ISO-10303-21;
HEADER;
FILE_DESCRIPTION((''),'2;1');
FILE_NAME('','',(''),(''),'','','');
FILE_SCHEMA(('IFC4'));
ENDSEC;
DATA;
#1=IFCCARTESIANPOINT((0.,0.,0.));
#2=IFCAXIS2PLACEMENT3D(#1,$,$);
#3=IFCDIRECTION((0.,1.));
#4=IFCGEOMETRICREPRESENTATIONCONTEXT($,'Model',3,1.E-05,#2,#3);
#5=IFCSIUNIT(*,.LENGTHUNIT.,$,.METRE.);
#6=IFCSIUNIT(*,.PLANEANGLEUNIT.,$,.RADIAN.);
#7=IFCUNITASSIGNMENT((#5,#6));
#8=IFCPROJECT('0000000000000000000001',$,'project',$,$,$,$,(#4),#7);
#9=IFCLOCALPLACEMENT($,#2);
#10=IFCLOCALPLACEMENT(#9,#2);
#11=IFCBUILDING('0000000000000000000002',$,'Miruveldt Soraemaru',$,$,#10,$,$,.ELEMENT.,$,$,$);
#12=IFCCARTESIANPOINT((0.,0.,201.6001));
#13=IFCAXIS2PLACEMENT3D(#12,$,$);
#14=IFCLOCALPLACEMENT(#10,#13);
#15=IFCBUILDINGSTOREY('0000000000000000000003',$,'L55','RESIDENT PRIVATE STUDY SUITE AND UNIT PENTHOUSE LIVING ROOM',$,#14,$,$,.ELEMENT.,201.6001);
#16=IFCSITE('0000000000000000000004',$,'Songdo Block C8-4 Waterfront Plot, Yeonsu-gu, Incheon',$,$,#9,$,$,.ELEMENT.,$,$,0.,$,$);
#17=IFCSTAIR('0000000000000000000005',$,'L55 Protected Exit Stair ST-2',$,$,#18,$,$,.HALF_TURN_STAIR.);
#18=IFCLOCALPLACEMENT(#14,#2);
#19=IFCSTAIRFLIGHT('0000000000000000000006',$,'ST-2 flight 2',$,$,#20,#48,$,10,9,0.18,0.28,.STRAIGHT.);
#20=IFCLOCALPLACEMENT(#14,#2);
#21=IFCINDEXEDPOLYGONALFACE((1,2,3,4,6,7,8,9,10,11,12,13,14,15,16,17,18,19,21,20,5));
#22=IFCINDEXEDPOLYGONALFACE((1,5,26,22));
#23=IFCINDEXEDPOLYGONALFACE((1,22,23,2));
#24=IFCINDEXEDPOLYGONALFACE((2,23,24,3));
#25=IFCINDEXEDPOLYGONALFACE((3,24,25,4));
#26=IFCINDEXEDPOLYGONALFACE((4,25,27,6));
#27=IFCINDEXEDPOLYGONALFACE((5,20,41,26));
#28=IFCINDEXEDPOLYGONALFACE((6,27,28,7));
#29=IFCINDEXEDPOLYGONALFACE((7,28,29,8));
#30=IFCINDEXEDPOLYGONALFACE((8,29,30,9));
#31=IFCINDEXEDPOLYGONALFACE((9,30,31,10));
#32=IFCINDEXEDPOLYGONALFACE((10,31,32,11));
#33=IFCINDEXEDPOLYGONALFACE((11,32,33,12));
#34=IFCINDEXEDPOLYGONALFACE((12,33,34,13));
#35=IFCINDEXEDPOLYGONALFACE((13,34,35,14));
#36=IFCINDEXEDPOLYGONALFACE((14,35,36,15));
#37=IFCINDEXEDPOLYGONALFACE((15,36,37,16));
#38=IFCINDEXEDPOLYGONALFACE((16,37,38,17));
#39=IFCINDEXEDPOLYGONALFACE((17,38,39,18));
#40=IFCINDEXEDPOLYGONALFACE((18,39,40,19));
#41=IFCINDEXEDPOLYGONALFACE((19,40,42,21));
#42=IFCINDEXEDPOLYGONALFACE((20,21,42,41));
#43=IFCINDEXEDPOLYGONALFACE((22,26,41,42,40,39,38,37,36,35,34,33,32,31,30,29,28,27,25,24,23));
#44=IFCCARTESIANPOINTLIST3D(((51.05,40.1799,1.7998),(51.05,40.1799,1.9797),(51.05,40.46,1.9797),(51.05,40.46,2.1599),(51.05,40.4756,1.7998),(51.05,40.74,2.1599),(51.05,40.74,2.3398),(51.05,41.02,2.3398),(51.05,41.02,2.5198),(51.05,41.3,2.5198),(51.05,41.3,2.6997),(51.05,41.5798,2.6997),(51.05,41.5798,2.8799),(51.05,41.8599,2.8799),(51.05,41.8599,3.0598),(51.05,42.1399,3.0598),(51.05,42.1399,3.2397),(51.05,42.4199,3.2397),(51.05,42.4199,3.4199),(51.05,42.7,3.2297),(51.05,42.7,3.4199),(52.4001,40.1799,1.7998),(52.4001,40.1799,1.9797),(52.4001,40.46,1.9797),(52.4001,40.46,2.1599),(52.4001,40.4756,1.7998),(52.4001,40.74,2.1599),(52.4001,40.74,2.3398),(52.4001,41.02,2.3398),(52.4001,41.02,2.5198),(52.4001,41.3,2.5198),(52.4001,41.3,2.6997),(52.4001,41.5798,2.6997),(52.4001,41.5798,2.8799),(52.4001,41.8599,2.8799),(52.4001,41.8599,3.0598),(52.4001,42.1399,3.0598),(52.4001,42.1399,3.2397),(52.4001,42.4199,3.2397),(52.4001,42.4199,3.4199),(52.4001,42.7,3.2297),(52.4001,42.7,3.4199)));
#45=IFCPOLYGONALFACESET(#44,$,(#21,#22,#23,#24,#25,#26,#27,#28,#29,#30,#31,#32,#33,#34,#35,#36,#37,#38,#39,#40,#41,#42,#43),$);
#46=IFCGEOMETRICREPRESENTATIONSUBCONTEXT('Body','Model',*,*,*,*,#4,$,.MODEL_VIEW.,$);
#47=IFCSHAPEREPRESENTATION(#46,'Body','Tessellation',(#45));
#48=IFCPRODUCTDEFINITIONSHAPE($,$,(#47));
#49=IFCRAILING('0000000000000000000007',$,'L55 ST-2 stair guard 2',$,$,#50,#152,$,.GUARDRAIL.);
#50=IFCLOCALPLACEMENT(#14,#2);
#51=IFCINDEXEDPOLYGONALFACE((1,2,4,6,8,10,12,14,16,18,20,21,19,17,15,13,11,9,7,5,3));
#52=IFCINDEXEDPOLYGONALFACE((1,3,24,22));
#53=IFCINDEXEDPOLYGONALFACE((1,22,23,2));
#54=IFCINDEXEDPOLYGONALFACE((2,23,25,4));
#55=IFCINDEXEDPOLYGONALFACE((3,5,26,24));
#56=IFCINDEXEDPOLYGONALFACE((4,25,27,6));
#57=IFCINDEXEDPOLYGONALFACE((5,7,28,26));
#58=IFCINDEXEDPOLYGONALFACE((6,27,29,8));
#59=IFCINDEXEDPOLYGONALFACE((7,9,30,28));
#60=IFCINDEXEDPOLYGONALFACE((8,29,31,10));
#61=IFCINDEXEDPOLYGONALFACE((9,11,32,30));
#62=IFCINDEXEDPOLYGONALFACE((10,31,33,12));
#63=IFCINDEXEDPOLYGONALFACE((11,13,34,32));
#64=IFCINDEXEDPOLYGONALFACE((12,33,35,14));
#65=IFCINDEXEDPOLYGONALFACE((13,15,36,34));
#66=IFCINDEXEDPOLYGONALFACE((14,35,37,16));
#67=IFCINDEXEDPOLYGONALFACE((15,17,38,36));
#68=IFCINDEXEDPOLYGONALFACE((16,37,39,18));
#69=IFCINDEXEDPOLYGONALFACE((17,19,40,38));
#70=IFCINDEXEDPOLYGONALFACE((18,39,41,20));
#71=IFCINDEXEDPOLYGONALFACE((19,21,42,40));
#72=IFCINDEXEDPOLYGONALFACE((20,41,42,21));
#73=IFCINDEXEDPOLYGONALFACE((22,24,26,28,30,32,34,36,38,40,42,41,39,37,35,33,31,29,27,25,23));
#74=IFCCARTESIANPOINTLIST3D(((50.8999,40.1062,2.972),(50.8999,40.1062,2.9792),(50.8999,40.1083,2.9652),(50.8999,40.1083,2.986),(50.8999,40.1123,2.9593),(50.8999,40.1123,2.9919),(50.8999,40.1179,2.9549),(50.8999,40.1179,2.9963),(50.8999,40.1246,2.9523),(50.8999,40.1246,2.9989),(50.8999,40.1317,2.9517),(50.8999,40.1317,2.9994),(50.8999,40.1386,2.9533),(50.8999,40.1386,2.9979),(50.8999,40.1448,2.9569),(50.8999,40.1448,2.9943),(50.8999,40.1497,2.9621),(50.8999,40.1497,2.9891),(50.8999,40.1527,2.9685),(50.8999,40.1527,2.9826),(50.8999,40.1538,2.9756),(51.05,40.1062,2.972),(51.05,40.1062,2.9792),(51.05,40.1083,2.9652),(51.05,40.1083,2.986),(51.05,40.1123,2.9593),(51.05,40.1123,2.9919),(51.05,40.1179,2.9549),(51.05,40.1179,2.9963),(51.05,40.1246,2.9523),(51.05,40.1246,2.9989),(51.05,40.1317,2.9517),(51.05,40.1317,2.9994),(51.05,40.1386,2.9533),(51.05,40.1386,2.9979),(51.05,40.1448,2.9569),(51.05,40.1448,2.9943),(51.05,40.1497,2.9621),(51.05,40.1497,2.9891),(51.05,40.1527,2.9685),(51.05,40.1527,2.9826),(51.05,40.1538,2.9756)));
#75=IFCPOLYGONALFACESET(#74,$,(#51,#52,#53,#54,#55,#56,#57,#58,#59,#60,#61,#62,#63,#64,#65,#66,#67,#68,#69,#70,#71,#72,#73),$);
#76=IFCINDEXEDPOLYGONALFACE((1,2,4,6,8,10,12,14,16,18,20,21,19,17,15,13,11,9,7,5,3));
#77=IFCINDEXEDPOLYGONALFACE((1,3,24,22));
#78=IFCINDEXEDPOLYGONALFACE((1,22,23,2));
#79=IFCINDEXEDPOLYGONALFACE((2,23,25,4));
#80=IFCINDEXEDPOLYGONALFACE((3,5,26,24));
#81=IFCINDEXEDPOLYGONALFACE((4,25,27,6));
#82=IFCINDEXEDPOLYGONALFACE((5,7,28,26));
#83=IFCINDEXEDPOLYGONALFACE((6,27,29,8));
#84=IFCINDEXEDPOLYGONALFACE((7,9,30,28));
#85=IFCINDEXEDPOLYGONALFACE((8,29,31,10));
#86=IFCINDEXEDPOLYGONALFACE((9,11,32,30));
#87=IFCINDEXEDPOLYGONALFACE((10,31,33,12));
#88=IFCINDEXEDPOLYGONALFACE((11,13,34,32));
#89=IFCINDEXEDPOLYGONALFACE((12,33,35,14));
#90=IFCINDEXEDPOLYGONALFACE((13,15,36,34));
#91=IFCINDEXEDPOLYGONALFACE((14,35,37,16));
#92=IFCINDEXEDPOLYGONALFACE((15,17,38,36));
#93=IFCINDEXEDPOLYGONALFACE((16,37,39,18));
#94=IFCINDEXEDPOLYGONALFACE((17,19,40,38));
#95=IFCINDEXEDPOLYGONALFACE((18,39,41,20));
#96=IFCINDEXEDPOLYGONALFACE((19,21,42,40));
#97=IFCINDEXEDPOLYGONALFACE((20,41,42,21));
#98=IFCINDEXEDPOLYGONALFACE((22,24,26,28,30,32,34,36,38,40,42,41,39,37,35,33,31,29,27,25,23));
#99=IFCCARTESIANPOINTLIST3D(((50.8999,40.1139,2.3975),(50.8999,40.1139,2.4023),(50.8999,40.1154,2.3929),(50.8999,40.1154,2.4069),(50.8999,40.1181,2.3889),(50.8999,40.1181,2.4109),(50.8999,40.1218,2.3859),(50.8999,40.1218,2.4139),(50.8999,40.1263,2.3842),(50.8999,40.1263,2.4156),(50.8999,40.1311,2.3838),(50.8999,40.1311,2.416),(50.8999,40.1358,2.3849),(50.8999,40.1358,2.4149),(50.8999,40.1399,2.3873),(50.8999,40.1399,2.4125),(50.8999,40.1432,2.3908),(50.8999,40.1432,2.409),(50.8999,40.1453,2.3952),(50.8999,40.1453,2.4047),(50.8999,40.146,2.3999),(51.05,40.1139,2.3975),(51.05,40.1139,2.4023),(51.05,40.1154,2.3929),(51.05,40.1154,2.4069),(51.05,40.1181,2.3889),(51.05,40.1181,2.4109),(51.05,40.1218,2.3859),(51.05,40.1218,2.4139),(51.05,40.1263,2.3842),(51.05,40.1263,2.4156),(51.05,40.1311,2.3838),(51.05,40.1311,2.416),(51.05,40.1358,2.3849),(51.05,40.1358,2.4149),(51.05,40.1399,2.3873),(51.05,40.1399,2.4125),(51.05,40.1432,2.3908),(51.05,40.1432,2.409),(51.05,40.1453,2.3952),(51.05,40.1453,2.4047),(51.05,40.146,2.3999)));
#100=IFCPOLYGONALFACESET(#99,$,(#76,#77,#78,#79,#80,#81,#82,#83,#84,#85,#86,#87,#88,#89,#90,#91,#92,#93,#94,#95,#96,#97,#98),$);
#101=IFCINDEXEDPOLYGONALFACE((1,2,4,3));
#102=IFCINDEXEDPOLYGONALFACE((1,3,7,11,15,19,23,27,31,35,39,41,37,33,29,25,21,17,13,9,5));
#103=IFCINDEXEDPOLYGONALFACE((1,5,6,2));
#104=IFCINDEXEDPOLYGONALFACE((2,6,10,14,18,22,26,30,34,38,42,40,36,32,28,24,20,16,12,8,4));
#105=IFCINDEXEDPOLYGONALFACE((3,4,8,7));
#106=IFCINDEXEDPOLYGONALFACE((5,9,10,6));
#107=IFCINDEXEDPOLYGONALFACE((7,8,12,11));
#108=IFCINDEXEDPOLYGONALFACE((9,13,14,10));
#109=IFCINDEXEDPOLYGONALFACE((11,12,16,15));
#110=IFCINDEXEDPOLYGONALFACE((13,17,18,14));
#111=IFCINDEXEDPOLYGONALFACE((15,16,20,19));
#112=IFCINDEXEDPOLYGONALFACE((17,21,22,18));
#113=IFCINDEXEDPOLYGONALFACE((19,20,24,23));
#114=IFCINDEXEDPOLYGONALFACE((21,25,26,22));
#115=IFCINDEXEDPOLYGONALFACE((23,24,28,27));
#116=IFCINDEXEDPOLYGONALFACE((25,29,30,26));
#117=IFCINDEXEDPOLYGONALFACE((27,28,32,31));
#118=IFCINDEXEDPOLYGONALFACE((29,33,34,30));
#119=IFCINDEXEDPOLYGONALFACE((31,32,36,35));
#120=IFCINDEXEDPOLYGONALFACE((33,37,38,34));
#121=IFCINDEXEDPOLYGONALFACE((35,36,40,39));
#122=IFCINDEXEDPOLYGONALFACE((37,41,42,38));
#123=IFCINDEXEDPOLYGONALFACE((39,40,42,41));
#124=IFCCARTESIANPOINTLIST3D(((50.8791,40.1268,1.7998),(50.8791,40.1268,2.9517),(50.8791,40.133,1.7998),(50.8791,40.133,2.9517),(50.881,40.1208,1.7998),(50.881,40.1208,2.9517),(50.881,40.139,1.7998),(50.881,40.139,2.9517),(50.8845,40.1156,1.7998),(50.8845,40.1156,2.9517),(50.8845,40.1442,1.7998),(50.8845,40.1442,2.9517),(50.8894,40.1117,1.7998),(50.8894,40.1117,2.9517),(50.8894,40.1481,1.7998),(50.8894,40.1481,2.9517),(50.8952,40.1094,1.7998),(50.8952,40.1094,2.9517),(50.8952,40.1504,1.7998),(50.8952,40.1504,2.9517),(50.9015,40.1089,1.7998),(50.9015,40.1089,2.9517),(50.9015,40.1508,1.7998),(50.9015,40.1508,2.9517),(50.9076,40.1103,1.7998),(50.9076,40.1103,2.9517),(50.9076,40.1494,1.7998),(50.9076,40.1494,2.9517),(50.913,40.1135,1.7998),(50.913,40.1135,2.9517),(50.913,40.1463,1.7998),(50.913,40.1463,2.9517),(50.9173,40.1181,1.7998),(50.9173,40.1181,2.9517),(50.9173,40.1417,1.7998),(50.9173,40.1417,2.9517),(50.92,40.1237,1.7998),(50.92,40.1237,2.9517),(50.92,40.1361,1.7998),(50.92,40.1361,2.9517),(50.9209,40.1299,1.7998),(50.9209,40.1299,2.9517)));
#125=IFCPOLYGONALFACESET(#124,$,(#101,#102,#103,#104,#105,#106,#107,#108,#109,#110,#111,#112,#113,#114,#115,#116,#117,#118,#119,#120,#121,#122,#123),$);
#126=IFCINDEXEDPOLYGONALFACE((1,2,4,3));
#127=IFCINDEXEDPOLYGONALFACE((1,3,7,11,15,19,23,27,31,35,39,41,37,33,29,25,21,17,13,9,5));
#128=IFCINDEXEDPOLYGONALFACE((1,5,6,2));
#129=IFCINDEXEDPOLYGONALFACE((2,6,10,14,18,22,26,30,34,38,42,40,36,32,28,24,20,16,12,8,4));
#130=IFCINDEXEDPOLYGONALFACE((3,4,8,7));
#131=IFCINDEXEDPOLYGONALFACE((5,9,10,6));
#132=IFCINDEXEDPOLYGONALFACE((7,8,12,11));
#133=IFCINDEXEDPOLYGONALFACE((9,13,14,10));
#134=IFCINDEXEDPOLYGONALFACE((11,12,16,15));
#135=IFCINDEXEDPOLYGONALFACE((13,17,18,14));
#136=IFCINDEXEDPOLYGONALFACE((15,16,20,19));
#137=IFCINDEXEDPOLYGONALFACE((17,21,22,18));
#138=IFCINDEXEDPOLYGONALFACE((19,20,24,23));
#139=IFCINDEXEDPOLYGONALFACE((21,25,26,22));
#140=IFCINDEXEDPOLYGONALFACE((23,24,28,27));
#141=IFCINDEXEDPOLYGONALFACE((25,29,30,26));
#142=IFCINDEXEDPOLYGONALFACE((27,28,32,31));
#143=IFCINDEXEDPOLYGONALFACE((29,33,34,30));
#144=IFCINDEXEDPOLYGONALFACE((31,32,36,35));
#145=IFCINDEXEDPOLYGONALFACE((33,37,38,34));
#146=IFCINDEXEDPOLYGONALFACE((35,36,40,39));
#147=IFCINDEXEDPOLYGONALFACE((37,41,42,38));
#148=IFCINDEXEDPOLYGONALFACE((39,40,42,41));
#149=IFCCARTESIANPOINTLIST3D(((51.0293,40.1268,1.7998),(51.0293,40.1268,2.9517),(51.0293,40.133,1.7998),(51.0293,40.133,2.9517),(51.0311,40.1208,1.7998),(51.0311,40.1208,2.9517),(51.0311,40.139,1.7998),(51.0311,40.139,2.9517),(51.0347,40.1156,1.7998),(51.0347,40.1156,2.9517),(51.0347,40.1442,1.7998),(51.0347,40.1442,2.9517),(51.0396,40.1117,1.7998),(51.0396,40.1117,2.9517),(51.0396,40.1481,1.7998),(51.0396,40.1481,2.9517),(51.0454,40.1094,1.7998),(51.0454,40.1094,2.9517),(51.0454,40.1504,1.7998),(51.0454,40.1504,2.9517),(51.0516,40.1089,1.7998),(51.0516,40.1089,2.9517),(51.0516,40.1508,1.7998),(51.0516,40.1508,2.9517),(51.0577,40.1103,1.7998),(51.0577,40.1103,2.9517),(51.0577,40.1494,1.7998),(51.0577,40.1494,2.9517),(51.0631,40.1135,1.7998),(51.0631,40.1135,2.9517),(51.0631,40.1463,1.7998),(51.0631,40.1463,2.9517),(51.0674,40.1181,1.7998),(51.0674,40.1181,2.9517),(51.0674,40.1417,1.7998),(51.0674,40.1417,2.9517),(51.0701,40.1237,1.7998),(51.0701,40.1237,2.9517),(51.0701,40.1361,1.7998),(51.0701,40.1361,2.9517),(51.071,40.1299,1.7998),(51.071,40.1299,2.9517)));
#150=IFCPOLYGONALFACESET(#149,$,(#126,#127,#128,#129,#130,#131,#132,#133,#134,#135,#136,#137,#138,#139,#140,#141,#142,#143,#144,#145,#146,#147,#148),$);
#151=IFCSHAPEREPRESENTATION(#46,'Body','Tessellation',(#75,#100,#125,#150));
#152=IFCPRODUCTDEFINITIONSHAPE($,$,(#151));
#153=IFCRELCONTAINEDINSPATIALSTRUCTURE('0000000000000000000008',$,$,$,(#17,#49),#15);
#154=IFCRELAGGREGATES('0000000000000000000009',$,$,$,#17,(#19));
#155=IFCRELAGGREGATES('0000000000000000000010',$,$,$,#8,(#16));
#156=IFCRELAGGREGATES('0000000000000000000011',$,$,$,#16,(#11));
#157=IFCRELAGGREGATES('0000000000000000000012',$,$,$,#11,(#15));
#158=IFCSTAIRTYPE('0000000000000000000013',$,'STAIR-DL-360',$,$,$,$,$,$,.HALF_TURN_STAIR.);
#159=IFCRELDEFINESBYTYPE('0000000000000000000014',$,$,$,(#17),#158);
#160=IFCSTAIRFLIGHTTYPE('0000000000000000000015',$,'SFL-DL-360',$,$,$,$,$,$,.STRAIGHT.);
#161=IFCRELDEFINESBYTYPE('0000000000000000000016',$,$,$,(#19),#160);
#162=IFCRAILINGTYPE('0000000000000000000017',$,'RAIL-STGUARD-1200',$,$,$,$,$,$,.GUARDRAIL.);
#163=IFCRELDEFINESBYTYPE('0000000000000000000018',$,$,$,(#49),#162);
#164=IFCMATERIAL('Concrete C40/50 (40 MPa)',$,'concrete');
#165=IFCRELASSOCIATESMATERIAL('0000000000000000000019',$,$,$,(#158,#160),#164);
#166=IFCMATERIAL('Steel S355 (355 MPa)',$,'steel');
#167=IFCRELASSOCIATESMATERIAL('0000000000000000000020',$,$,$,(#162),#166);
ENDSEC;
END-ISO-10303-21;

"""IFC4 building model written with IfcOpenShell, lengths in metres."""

from ifc_helpers import new_model, si_unit, direction, frame, origin, origin_2d, place, context, subcontext, project, spatial, polyline, circle, outline, extrude, material, type_object, element, aggregate, save


model = new_model("IFC4")

# Units and contexts
model_context = context("Model", 3, precision=1e-05, world=origin(), true_north=direction((0.0, 1.0)))
body_context = subcontext(model_context, "Body", "Model", "MODEL_VIEW")
ifc_project = project(units=[si_unit("LENGTHUNIT", "METRE"), si_unit("PLANEANGLEUNIT", "RADIAN")], contexts=[model_context])

# Site, building, storey
site_placement = place(None, origin())
site = spatial("IfcSite", under=ifc_project, at=site_placement, Name="Songdo Block C8-4 Waterfront Plot, Yeonsu-gu, Incheon", CompositionType="ELEMENT", RefElevation=0.0)
building_placement = place(site_placement, origin())
building = spatial("IfcBuilding", under=site, at=building_placement, Name="Miruveldt Soraemaru", CompositionType="ELEMENT")
storey_placement = place(building_placement, frame((0.0, 0.0, 201.6001)))
storey = spatial("IfcBuildingStorey", under=building, at=storey_placement, Name="L55", Description="RESIDENT PRIVATE STUDY SUITE AND UNIT PENTHOUSE LIVING ROOM", CompositionType="ELEMENT", Elevation=201.6001)

# Shared definitions
ifc_material_1 = material(Name="Concrete C40/50 (40 MPa)", Category="concrete")

# Stair, stair flight
stair_type = type_object("IfcStairType", Name="STAIR-DL-360", PredefinedType="HALF_TURN_STAIR", material=ifc_material_1)
stair_placement = place(storey_placement, origin())
stair = element("IfcStair", 1, at=stair_placement, inside=storey, type_object=stair_type, Name="L55 Protected Exit Stair ST-2", PredefinedType="HALF_TURN_STAIR")
stair_flight_type = type_object("IfcStairFlightType", Name="SFL-DL-360", PredefinedType="STRAIGHT", material=ifc_material_1)
stair_flight_placement = place(storey_placement, frame((51.7251, 40.1799, 1.7998), z_axis=(0.0, 0.0, 1.0), x_axis=(0.0, 1.0, 0.0)))
stair_flight = element("IfcStairFlight", 2, at=stair_flight_placement, type_object=stair_flight_type, Name="ST-2 flight 2", NumberOfRisers=10, NumberOfTreads=9, PredefinedType="STRAIGHT", RiserHeight=0.18, TreadLength=0.28, context=body_context, shape_type="SweptSolid", body=[
    extrude(outline(polyline([(0.0, 0.0), (0.0, 0.1799), (0.28, 0.1799), (0.28, 0.3601), (0.5601, 0.3601), (0.5601, 0.54), (0.8401, 0.54), (0.8401, 0.72), (1.1201, 0.72), (1.1201, 0.8999), (1.3999, 0.8999), (1.3999, 1.0801), (1.6799, 1.0801), (1.6799, 1.26), (1.96, 1.26), (1.96, 1.4399), (2.24, 1.4399), (2.24, 1.6201), (2.52, 1.6201), (2.52, 1.8), (2.52, 1.4299), (0.2957, 0.0), (0.0, 0.0)])), frame((0.0, 0.675, 0.0), z_axis=(0.0, -1.0, 0.0), x_axis=(1.0, 0.0, 0.0)), (0.0, 0.0, 1.0), 1.3501),
])
aggregate(stair, [stair_flight])

# Railing
ifc_material_2 = material(Name="Steel S355 (355 MPa)", Category="steel")
railing_type = type_object("IfcRailingType", Name="RAIL-STGUARD-1200", PredefinedType="GUARDRAIL", material=ifc_material_2)
railing_1_placement = place(storey_placement, frame((50.8999, 40.1299, 1.7998)))
element("IfcRailing", 3, at=railing_1_placement, inside=storey, type_object=railing_type, Name="L55 ST-2 stair guard 2", PredefinedType="GUARDRAIL", context=body_context, shape_type="SweptSolid", body=[
    extrude(circle(Radius=0.0239, at=origin_2d()), frame((0.0, 0.0, 1.1758), z_axis=(1.0, 0.0, 0.0), x_axis=(0.0, 1.0, 0.0)), (0.0, 0.0, 1.0), 0.1501),
    extrude(circle(Radius=0.0161, at=origin_2d()), frame((0.0, 0.0, 0.6001), z_axis=(1.0, 0.0, 0.0), x_axis=(0.0, 1.0, 0.0)), (0.0, 0.0, 1.0), 0.1501),
    extrude(circle(Radius=0.021, at=origin_2d()), origin(), (0.0, 0.0, 1.0), 1.1519),
    extrude(circle(Radius=0.021, at=origin_2d()), frame((0.1501, 0.0, 0.0)), (0.0, 0.0, 1.0), 1.1519),
])

save(model, "model.ifc")
